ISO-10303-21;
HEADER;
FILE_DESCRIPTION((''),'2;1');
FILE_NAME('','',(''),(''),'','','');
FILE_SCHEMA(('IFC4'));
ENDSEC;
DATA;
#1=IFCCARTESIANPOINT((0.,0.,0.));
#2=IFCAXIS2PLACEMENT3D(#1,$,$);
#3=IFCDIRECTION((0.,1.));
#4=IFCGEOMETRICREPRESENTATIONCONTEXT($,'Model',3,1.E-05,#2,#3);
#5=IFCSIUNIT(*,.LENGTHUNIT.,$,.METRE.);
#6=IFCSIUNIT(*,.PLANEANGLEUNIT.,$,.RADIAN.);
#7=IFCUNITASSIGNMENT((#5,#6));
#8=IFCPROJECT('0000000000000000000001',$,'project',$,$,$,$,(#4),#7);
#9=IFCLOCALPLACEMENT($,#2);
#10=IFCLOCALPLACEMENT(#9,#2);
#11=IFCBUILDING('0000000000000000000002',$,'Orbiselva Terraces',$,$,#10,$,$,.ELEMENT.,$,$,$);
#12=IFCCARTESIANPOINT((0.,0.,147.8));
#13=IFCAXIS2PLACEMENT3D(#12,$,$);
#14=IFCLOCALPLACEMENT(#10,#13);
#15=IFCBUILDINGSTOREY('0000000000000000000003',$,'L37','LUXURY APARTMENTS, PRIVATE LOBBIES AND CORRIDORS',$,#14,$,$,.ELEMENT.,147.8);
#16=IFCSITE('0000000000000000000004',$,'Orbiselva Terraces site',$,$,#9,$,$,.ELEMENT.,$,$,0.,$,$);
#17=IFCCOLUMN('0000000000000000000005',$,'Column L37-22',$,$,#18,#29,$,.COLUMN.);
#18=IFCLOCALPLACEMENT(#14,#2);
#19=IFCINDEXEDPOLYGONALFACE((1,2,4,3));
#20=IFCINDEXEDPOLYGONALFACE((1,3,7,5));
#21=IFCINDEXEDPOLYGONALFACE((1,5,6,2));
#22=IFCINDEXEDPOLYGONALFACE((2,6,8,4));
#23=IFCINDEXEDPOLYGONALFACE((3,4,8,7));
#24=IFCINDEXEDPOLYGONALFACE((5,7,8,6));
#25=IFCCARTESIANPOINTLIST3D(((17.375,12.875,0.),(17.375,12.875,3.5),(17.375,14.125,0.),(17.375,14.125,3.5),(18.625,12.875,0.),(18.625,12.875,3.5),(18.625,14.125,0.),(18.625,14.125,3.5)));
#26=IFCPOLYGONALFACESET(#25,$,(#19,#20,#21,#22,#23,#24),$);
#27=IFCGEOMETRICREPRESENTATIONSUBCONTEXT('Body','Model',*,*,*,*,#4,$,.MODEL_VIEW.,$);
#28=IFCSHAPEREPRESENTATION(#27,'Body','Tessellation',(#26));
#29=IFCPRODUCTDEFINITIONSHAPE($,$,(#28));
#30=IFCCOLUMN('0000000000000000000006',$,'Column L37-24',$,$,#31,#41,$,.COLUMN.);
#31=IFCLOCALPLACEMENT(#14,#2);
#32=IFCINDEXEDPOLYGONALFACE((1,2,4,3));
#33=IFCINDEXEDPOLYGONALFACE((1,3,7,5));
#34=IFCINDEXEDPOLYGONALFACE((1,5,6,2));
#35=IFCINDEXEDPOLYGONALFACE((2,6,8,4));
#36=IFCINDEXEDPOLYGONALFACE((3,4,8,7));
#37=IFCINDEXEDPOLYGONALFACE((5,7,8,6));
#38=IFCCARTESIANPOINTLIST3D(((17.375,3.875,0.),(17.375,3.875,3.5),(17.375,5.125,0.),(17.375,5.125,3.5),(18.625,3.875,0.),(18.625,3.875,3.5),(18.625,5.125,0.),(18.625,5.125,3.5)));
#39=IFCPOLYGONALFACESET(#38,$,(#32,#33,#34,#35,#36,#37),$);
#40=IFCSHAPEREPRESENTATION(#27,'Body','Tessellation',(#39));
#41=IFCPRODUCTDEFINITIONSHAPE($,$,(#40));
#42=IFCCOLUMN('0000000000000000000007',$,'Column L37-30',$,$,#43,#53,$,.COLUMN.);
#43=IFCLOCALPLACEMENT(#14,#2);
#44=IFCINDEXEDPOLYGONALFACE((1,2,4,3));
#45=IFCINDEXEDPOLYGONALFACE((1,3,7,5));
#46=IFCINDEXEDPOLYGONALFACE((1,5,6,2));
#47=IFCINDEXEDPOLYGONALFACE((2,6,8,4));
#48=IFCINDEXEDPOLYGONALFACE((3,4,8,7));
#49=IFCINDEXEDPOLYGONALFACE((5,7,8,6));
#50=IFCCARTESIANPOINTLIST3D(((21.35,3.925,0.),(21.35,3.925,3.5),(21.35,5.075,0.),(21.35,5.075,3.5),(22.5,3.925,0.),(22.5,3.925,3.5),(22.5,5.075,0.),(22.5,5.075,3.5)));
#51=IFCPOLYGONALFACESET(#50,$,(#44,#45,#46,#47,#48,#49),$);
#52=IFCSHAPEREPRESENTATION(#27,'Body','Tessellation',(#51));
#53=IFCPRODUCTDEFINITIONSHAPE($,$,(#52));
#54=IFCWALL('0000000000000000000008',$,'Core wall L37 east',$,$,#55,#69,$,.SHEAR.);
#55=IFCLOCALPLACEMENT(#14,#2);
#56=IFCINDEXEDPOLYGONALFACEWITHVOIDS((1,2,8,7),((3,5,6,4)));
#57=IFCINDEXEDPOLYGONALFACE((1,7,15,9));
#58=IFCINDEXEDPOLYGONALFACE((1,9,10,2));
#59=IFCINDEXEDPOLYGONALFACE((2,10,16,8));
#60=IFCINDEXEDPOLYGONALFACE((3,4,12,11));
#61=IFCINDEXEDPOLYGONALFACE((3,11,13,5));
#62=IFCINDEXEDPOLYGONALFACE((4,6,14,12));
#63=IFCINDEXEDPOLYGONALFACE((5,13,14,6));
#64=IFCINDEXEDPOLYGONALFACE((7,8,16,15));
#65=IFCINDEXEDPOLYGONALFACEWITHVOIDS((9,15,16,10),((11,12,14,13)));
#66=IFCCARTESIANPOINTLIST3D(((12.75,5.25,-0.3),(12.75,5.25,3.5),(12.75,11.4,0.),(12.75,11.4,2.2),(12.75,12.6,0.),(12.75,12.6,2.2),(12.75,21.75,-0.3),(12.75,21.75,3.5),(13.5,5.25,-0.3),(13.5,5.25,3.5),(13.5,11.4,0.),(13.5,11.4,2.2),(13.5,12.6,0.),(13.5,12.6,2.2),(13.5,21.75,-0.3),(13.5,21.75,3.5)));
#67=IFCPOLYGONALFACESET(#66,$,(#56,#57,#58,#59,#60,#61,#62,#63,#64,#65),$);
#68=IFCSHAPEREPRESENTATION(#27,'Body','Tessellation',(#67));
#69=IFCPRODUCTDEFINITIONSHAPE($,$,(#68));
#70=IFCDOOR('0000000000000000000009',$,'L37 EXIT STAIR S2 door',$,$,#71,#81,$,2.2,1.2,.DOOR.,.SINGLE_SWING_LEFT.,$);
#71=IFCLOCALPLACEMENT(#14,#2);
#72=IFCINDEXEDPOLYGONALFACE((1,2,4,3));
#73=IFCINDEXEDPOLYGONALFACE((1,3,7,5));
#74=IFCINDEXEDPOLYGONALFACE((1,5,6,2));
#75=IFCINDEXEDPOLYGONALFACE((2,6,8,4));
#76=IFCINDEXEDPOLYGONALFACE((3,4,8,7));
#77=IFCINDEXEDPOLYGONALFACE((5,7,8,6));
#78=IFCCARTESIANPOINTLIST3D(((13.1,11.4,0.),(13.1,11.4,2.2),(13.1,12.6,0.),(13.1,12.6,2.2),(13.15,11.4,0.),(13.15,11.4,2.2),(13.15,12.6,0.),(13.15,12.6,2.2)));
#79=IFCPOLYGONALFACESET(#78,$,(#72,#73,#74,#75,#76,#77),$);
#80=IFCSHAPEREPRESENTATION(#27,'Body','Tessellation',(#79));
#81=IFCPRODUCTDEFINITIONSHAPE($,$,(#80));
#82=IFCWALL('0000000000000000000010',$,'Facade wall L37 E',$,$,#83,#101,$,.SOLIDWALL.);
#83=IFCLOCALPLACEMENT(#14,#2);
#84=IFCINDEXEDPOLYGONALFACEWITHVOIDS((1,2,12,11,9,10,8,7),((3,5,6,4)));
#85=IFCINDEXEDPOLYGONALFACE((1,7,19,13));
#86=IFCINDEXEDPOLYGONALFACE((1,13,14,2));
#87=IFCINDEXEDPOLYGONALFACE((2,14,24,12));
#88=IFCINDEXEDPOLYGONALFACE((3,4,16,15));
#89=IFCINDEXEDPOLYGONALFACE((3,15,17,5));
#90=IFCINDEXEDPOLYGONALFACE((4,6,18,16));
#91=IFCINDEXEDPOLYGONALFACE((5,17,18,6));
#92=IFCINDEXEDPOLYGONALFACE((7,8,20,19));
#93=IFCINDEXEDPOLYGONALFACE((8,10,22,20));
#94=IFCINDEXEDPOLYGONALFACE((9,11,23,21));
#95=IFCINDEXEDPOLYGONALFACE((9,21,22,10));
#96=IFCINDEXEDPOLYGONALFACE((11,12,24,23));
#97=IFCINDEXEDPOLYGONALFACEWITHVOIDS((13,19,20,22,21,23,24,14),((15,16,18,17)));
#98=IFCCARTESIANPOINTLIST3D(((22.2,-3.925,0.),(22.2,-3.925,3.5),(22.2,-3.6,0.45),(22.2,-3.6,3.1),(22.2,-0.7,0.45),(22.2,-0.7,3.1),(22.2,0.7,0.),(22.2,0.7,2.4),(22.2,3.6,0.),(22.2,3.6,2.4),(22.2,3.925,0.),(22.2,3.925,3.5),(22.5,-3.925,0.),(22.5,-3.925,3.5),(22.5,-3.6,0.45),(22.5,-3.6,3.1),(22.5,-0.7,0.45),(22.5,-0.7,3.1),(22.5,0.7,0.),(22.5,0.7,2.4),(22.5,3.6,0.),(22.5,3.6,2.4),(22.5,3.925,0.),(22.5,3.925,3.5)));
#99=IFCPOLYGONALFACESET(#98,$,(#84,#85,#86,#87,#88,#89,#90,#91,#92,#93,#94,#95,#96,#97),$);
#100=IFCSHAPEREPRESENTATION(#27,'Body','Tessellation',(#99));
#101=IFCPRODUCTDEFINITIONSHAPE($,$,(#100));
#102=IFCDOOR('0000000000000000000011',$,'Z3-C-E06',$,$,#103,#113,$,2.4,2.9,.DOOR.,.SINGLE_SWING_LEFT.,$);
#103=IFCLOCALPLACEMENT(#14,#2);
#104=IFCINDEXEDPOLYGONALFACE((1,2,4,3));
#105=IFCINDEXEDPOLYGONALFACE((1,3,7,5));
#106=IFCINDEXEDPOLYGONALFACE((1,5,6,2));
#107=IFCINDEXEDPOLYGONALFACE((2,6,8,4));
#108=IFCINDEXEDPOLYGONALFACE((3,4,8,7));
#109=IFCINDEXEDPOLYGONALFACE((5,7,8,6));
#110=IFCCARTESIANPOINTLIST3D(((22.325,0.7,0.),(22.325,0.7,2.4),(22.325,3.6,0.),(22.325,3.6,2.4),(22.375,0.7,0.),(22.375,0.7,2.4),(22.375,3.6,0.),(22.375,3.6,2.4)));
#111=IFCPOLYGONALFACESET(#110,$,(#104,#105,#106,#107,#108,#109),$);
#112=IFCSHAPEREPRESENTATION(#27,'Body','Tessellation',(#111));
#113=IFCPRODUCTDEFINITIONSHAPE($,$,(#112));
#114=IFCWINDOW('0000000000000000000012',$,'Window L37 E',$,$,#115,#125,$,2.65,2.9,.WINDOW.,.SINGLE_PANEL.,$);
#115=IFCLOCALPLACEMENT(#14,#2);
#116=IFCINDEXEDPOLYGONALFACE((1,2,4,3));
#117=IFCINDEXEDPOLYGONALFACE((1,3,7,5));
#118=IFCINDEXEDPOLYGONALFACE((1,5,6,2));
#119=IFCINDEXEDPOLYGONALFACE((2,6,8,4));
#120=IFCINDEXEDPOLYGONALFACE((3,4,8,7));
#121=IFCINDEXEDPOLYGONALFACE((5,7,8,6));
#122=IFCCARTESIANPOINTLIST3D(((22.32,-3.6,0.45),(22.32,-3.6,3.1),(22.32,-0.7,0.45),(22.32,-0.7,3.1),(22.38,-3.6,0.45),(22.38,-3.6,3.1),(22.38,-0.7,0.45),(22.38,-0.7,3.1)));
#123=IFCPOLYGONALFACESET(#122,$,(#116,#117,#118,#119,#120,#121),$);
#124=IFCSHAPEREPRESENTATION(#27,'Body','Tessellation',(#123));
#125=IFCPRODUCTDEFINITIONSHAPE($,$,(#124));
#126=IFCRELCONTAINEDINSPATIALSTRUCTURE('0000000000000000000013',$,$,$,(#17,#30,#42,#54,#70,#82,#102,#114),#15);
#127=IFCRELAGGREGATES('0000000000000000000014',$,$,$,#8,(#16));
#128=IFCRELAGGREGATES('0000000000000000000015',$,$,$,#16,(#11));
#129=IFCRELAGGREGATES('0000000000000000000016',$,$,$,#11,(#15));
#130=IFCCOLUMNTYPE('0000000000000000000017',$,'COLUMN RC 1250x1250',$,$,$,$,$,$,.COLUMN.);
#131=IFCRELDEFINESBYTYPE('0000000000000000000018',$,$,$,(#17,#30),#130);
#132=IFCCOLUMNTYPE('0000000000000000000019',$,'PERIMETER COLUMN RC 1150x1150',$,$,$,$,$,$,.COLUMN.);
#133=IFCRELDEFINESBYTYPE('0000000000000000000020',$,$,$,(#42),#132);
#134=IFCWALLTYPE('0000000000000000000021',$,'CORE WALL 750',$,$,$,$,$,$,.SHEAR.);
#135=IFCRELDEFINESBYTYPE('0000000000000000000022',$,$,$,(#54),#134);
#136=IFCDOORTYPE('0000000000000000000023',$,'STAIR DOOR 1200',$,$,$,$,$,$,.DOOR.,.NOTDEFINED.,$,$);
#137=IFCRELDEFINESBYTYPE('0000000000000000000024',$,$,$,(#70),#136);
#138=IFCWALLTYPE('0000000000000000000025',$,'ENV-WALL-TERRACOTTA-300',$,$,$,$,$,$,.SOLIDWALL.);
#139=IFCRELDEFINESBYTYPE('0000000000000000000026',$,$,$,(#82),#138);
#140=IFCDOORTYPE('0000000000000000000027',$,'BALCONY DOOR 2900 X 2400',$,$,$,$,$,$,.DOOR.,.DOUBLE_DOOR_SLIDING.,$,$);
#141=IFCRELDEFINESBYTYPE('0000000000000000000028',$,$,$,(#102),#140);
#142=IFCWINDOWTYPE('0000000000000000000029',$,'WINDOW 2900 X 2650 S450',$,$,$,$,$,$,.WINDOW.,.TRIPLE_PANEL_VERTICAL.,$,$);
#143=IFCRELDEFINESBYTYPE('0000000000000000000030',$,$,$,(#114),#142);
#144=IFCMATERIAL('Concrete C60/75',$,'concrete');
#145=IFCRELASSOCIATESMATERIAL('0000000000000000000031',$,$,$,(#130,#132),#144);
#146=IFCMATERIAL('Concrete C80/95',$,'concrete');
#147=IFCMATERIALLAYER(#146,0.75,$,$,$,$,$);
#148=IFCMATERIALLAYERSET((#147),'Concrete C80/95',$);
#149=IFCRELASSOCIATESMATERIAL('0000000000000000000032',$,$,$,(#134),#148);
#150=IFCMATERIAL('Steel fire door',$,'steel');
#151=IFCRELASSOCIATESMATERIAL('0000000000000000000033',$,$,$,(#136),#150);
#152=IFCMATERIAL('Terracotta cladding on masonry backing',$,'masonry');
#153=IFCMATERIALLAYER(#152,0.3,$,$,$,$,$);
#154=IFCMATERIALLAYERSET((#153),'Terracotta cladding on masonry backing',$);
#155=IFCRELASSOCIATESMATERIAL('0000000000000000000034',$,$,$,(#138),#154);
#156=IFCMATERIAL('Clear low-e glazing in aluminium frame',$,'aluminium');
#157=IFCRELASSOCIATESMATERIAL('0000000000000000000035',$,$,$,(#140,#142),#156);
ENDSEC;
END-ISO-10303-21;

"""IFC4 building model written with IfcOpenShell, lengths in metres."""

from ifc_helpers import new_model, si_unit, direction, frame, frame_2d, origin, origin_2d, place, context, subcontext, project, spatial, rectangle, extrude, material, layer, layer_set, material_profile, profile_set, type_object, element, fill, save


model = new_model("IFC4")

# Units and contexts
model_context = context("Model", 3, precision=1e-05, world=origin(), true_north=direction((0.0, 1.0)))
body_context = subcontext(model_context, "Body", "Model", "MODEL_VIEW")
ifc_project = project(units=[si_unit("LENGTHUNIT", "METRE"), si_unit("PLANEANGLEUNIT", "RADIAN")], contexts=[model_context])

# Site, building, storey
site_placement = place(None, origin())
site = spatial("IfcSite", under=ifc_project, at=site_placement, Name="Orbiselva Terraces site", CompositionType="ELEMENT", RefElevation=0.0)
building_placement = place(site_placement, origin())
building = spatial("IfcBuilding", under=site, at=building_placement, Name="Orbiselva Terraces", CompositionType="ELEMENT")
storey_placement = place(building_placement, frame((0.0, 0.0, 147.8)))
storey = spatial("IfcBuildingStorey", under=building, at=storey_placement, Name="L37", Description="LUXURY APARTMENTS, PRIVATE LOBBIES AND CORRIDORS", CompositionType="ELEMENT", Elevation=147.8)

# Columns
ifc_material_1 = material(Name="Concrete C60/75", Category="concrete")
ifc_material_profile_1 = material_profile(ifc_material_1, rectangle(XDim=1.25, YDim=1.25, at=origin_2d()), Name="RC 1250x1250")
ifc_profile_set_1 = profile_set([ifc_material_profile_1], Name="Concrete C60/75")
column_type_1 = type_object("IfcColumnType", Name="COLUMN RC 1250x1250", PredefinedType="COLUMN", material=ifc_profile_set_1)
for number, where, z_axis, x_axis, name in (
    (1, (18.0, 13.5, 0.0), (0.0, 0.0, 1.0), (1.0, 0.0, 0.0), "Column L37-22"),
    (2, (18.0, 4.5, 0.0), (0.0, 0.0, 1.0), (1.0, 0.0, 0.0), "Column L37-24"),
):
    element("IfcColumn", number, at=place(storey_placement, frame(where, z_axis=z_axis, x_axis=x_axis)), inside=storey, type_object=column_type_1, Name=name, PredefinedType="COLUMN", context=body_context, shape_type="SweptSolid", body=[
        extrude(rectangle(XDim=1.25, YDim=1.25, at=origin_2d()), origin(), (0.0, 0.0, 1.0), 3.5),
    ])
ifc_material_profile_2 = material_profile(ifc_material_1, rectangle(XDim=1.15, YDim=1.15, at=origin_2d()), Name="RC 1150x1150")
ifc_profile_set_2 = profile_set([ifc_material_profile_2], Name="Concrete C60/75")
column_type_2 = type_object("IfcColumnType", Name="PERIMETER COLUMN RC 1150x1150", PredefinedType="COLUMN", material=ifc_profile_set_2)
column_placement = place(storey_placement, frame((21.925, 4.5, 0.0), z_axis=(0.0, 0.0, 1.0), x_axis=(1.0, 0.0, 0.0)))
element("IfcColumn", 3, at=column_placement, inside=storey, type_object=column_type_2, Name="Column L37-30", PredefinedType="COLUMN", context=body_context, shape_type="SweptSolid", body=[
    extrude(rectangle(XDim=1.15, YDim=1.15, at=origin_2d()), origin(), (0.0, 0.0, 1.0), 3.5),
])

# Wall, opening, door
ifc_material_2 = material(Name="Concrete C80/95", Category="concrete")
ifc_layer_1 = layer(ifc_material_2, 0.75)
ifc_layer_set_1 = layer_set([ifc_layer_1], Name="Concrete C80/95")
wall_type_1 = type_object("IfcWallType", Name="CORE WALL 750", PredefinedType="SHEAR", material=ifc_layer_set_1)
wall_1_placement = place(storey_placement, frame((13.125, 5.25, -0.3), z_axis=(0.0, 0.0, 1.0), x_axis=(0.0, 1.0, 0.0)))
wall_1 = element("IfcWall", 4, at=wall_1_placement, inside=storey, type_object=wall_type_1, Name="Core wall L37 east", PredefinedType="SHEAR", context=body_context, shape_type="SweptSolid", body=[
    extrude(rectangle(XDim=16.5, YDim=0.75, at=frame_2d((8.25, 0.0))), origin(), (0.0, 0.0, 1.0), 3.8),
])
opening_1_placement = place(wall_1_placement, frame((6.15, 0.0, 0.3)))
opening_1 = element("IfcOpeningElement", 5, at=opening_1_placement, cuts=wall_1, PredefinedType="OPENING", context=body_context, shape_type="SweptSolid", body=[
    extrude(rectangle(XDim=1.2, YDim=2.2, at=frame_2d((0.6, 1.1))), frame((0.0, 0.385, 0.0), z_axis=(0.0, -1.0, 0.0), x_axis=(1.0, 0.0, 0.0)), (0.0, 0.0, 1.0), 0.77),
])
ifc_material_3 = material(Name="Steel fire door", Category="steel")
door_type_1 = type_object("IfcDoorType", Name="STAIR DOOR 1200", OperationType="NOTDEFINED", PredefinedType="DOOR", material=ifc_material_3)
door_1_placement = place(opening_1_placement, frame((1.2, 0.0, 0.0), z_axis=(0.0, 0.0, 1.0), x_axis=(-1.0, 0.0, 0.0)))
door_1 = element("IfcDoor", 6, at=door_1_placement, inside=storey, type_object=door_type_1, Name="L37 EXIT STAIR S2 door", OperationType="SINGLE_SWING_LEFT", OverallHeight=2.2, OverallWidth=1.2, PredefinedType="DOOR", context=body_context, shape_type="SweptSolid", body=[
    extrude(rectangle(XDim=1.2, YDim=2.2, at=frame_2d((0.6, 1.1))), frame((0.0, 0.025, 0.0), z_axis=(0.0, -1.0, 0.0), x_axis=(1.0, 0.0, 0.0)), (0.0, 0.0, 1.0), 0.05),
])
fill(opening_1, door_1)

# Wall, openings, door, window
ifc_material_4 = material(Name="Terracotta cladding on masonry backing", Category="masonry")
ifc_layer_2 = layer(ifc_material_4, 0.3)
ifc_layer_set_2 = layer_set([ifc_layer_2], Name="Terracotta cladding on masonry backing")
wall_type_2 = type_object("IfcWallType", Name="ENV-WALL-TERRACOTTA-300", PredefinedType="SOLIDWALL", material=ifc_layer_set_2)
wall_2_placement = place(storey_placement, frame((22.35, 3.925, 0.0), z_axis=(0.0, 0.0, 1.0), x_axis=(0.0, -1.0, 0.0)))
wall_2 = element("IfcWall", 7, at=wall_2_placement, inside=storey, type_object=wall_type_2, Name="Facade wall L37 E", PredefinedType="SOLIDWALL", context=body_context, shape_type="SweptSolid", body=[
    extrude(rectangle(XDim=7.85, YDim=0.3, at=frame_2d((3.925, 0.0))), origin(), (0.0, 0.0, 1.0), 3.5),
])
opening_2_placement = place(wall_2_placement, frame((4.625, 0.0, 0.45)))
opening_2 = element("IfcOpeningElement", 8, at=opening_2_placement, cuts=wall_2, PredefinedType="OPENING", context=body_context, shape_type="SweptSolid", body=[
    extrude(rectangle(XDim=2.9, YDim=2.65, at=frame_2d((1.45, 1.325))), frame((0.0, 0.16, 0.0), z_axis=(0.0, -1.0, 0.0), x_axis=(1.0, 0.0, 0.0)), (0.0, 0.0, 1.0), 0.32),
])
opening_3_placement = place(wall_2_placement, frame((0.325, 0.0, 0.0)))
opening_3 = element("IfcOpeningElement", 9, at=opening_3_placement, cuts=wall_2, PredefinedType="OPENING", context=body_context, shape_type="SweptSolid", body=[
    extrude(rectangle(XDim=2.9, YDim=2.4, at=frame_2d((1.45, 1.2))), frame((0.0, 0.16, 0.0), z_axis=(0.0, -1.0, 0.0), x_axis=(1.0, 0.0, 0.0)), (0.0, 0.0, 1.0), 0.32),
])
ifc_material_5 = material(Name="Clear low-e glazing in aluminium frame", Category="aluminium")
door_type_2 = type_object("IfcDoorType", Name="BALCONY DOOR 2900 X 2400", OperationType="DOUBLE_DOOR_SLIDING", PredefinedType="DOOR", material=ifc_material_5)
door_2_placement = place(opening_3_placement, origin())
door_2 = element("IfcDoor", 10, at=door_2_placement, inside=storey, type_object=door_type_2, Name="Z3-C-E06", OperationType="SINGLE_SWING_LEFT", OverallHeight=2.4, OverallWidth=2.9, PredefinedType="DOOR", context=body_context, shape_type="SweptSolid", body=[
    extrude(rectangle(XDim=2.9, YDim=2.4, at=frame_2d((1.45, 1.2))), frame((0.0, 0.025, 0.0), z_axis=(0.0, -1.0, 0.0), x_axis=(1.0, 0.0, 0.0)), (0.0, 0.0, 1.0), 0.05),
])
fill(opening_3, door_2)
window_type = type_object("IfcWindowType", Name="WINDOW 2900 X 2650 S450", PartitioningType="TRIPLE_PANEL_VERTICAL", PredefinedType="WINDOW", material=ifc_material_5)
window_1_placement = place(opening_2_placement, origin())
window_1 = element("IfcWindow", 11, at=window_1_placement, inside=storey, type_object=window_type, Name="Window L37 E", OverallHeight=2.65, OverallWidth=2.9, PartitioningType="SINGLE_PANEL", PredefinedType="WINDOW", context=body_context, shape_type="SweptSolid", body=[
    extrude(rectangle(XDim=2.9, YDim=2.65, at=frame_2d((1.45, 1.325))), frame((0.0, 0.03, 0.0), z_axis=(0.0, -1.0, 0.0), x_axis=(1.0, 0.0, 0.0)), (0.0, 0.0, 1.0), 0.06),
])
fill(opening_2, window_1)

save(model, "model.ifc")
